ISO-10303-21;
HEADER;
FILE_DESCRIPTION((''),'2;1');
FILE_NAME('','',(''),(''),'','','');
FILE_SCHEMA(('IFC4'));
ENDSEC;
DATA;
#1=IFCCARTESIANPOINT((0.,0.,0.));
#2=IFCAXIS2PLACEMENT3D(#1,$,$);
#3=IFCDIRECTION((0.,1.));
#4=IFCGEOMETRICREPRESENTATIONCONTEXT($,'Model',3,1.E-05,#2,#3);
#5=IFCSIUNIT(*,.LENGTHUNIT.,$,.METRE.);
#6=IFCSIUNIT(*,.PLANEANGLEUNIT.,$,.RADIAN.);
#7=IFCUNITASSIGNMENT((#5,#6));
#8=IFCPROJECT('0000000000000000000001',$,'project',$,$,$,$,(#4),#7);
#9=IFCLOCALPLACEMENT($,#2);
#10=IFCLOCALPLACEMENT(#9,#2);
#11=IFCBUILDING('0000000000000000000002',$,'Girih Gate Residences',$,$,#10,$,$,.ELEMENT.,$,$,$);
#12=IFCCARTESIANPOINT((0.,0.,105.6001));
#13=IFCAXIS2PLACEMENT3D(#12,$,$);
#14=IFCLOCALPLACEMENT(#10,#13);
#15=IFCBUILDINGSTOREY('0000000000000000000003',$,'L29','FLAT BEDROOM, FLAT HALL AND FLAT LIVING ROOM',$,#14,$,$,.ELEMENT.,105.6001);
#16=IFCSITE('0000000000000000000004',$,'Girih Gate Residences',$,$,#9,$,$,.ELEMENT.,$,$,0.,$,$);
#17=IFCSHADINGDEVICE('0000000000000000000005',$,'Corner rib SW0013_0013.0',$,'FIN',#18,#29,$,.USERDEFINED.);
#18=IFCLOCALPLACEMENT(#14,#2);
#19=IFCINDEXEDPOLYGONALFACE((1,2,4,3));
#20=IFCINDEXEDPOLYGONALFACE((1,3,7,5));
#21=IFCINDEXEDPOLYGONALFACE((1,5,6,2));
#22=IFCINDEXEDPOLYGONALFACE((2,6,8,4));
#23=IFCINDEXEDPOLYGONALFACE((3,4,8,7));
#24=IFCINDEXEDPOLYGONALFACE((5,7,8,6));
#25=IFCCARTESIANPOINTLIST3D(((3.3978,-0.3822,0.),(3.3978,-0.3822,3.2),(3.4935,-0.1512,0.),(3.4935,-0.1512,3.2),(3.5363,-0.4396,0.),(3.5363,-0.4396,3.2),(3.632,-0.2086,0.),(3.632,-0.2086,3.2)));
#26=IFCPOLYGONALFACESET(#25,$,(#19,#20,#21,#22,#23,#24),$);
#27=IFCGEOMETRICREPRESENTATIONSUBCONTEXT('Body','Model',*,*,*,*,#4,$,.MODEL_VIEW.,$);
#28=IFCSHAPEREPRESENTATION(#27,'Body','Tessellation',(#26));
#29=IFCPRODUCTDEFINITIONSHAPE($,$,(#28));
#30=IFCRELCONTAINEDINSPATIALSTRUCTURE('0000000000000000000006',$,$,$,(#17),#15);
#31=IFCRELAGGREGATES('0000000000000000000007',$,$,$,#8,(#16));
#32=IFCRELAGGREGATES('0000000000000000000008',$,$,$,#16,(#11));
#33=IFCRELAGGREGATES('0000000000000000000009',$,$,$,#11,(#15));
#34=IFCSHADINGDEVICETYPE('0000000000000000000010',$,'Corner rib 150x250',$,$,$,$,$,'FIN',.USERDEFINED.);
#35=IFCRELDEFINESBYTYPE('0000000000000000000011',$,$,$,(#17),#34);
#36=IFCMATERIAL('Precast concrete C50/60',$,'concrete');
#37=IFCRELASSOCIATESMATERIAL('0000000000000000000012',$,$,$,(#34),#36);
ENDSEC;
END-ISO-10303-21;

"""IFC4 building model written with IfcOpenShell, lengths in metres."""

from ifc_helpers import new_model, si_unit, direction, frame, origin, origin_2d, place, context, subcontext, project, spatial, rectangle, extrude, material, type_object, element, save


model = new_model("IFC4")

# Units and contexts
model_context = context("Model", 3, precision=1e-05, world=origin(), true_north=direction((0.0, 1.0)))
body_context = subcontext(model_context, "Body", "Model", "MODEL_VIEW")
ifc_project = project(units=[si_unit("LENGTHUNIT", "METRE"), si_unit("PLANEANGLEUNIT", "RADIAN")], contexts=[model_context])

# Site, building, storey
site_placement = place(None, origin())
site = spatial("IfcSite", under=ifc_project, at=site_placement, Name="Girih Gate Residences", CompositionType="ELEMENT", RefElevation=0.0)
building_placement = place(site_placement, origin())
building = spatial("IfcBuilding", under=site, at=building_placement, Name="Girih Gate Residences", CompositionType="ELEMENT")
storey_placement = place(building_placement, frame((0.0, 0.0, 105.6001)))
storey = spatial("IfcBuildingStorey", under=building, at=storey_placement, Name="L29", Description="FLAT BEDROOM, FLAT HALL AND FLAT LIVING ROOM", CompositionType="ELEMENT", Elevation=105.6001)

# Shared definitions
ifc_material_1 = material(Name="Precast concrete C50/60", Category="concrete")

# Shading device
shading_device_type = type_object("IfcShadingDeviceType", Name="Corner rib 150x250", ElementType="FIN", PredefinedType="USERDEFINED", material=ifc_material_1)
for number, where, z_axis, x_axis, name in (
    (1, (3.5149, -0.2954, 0.0), (0.0, 0.0, 1.0), (0.92388, -0.382683, 0.0), "Corner rib SW0013_0013.0"),
):
    element("IfcShadingDevice", number, at=place(storey_placement, frame(where, z_axis=z_axis, x_axis=x_axis)), inside=storey, type_object=shading_device_type, Name=name, ObjectType="FIN", PredefinedType="USERDEFINED", context=body_context, shape_type="SweptSolid", body=[
        extrude(rectangle(XDim=0.1499, YDim=0.25, at=origin_2d()), origin(), (0.0, 0.0, 1.0), 3.2),
    ])

save(model, "model.ifc")
